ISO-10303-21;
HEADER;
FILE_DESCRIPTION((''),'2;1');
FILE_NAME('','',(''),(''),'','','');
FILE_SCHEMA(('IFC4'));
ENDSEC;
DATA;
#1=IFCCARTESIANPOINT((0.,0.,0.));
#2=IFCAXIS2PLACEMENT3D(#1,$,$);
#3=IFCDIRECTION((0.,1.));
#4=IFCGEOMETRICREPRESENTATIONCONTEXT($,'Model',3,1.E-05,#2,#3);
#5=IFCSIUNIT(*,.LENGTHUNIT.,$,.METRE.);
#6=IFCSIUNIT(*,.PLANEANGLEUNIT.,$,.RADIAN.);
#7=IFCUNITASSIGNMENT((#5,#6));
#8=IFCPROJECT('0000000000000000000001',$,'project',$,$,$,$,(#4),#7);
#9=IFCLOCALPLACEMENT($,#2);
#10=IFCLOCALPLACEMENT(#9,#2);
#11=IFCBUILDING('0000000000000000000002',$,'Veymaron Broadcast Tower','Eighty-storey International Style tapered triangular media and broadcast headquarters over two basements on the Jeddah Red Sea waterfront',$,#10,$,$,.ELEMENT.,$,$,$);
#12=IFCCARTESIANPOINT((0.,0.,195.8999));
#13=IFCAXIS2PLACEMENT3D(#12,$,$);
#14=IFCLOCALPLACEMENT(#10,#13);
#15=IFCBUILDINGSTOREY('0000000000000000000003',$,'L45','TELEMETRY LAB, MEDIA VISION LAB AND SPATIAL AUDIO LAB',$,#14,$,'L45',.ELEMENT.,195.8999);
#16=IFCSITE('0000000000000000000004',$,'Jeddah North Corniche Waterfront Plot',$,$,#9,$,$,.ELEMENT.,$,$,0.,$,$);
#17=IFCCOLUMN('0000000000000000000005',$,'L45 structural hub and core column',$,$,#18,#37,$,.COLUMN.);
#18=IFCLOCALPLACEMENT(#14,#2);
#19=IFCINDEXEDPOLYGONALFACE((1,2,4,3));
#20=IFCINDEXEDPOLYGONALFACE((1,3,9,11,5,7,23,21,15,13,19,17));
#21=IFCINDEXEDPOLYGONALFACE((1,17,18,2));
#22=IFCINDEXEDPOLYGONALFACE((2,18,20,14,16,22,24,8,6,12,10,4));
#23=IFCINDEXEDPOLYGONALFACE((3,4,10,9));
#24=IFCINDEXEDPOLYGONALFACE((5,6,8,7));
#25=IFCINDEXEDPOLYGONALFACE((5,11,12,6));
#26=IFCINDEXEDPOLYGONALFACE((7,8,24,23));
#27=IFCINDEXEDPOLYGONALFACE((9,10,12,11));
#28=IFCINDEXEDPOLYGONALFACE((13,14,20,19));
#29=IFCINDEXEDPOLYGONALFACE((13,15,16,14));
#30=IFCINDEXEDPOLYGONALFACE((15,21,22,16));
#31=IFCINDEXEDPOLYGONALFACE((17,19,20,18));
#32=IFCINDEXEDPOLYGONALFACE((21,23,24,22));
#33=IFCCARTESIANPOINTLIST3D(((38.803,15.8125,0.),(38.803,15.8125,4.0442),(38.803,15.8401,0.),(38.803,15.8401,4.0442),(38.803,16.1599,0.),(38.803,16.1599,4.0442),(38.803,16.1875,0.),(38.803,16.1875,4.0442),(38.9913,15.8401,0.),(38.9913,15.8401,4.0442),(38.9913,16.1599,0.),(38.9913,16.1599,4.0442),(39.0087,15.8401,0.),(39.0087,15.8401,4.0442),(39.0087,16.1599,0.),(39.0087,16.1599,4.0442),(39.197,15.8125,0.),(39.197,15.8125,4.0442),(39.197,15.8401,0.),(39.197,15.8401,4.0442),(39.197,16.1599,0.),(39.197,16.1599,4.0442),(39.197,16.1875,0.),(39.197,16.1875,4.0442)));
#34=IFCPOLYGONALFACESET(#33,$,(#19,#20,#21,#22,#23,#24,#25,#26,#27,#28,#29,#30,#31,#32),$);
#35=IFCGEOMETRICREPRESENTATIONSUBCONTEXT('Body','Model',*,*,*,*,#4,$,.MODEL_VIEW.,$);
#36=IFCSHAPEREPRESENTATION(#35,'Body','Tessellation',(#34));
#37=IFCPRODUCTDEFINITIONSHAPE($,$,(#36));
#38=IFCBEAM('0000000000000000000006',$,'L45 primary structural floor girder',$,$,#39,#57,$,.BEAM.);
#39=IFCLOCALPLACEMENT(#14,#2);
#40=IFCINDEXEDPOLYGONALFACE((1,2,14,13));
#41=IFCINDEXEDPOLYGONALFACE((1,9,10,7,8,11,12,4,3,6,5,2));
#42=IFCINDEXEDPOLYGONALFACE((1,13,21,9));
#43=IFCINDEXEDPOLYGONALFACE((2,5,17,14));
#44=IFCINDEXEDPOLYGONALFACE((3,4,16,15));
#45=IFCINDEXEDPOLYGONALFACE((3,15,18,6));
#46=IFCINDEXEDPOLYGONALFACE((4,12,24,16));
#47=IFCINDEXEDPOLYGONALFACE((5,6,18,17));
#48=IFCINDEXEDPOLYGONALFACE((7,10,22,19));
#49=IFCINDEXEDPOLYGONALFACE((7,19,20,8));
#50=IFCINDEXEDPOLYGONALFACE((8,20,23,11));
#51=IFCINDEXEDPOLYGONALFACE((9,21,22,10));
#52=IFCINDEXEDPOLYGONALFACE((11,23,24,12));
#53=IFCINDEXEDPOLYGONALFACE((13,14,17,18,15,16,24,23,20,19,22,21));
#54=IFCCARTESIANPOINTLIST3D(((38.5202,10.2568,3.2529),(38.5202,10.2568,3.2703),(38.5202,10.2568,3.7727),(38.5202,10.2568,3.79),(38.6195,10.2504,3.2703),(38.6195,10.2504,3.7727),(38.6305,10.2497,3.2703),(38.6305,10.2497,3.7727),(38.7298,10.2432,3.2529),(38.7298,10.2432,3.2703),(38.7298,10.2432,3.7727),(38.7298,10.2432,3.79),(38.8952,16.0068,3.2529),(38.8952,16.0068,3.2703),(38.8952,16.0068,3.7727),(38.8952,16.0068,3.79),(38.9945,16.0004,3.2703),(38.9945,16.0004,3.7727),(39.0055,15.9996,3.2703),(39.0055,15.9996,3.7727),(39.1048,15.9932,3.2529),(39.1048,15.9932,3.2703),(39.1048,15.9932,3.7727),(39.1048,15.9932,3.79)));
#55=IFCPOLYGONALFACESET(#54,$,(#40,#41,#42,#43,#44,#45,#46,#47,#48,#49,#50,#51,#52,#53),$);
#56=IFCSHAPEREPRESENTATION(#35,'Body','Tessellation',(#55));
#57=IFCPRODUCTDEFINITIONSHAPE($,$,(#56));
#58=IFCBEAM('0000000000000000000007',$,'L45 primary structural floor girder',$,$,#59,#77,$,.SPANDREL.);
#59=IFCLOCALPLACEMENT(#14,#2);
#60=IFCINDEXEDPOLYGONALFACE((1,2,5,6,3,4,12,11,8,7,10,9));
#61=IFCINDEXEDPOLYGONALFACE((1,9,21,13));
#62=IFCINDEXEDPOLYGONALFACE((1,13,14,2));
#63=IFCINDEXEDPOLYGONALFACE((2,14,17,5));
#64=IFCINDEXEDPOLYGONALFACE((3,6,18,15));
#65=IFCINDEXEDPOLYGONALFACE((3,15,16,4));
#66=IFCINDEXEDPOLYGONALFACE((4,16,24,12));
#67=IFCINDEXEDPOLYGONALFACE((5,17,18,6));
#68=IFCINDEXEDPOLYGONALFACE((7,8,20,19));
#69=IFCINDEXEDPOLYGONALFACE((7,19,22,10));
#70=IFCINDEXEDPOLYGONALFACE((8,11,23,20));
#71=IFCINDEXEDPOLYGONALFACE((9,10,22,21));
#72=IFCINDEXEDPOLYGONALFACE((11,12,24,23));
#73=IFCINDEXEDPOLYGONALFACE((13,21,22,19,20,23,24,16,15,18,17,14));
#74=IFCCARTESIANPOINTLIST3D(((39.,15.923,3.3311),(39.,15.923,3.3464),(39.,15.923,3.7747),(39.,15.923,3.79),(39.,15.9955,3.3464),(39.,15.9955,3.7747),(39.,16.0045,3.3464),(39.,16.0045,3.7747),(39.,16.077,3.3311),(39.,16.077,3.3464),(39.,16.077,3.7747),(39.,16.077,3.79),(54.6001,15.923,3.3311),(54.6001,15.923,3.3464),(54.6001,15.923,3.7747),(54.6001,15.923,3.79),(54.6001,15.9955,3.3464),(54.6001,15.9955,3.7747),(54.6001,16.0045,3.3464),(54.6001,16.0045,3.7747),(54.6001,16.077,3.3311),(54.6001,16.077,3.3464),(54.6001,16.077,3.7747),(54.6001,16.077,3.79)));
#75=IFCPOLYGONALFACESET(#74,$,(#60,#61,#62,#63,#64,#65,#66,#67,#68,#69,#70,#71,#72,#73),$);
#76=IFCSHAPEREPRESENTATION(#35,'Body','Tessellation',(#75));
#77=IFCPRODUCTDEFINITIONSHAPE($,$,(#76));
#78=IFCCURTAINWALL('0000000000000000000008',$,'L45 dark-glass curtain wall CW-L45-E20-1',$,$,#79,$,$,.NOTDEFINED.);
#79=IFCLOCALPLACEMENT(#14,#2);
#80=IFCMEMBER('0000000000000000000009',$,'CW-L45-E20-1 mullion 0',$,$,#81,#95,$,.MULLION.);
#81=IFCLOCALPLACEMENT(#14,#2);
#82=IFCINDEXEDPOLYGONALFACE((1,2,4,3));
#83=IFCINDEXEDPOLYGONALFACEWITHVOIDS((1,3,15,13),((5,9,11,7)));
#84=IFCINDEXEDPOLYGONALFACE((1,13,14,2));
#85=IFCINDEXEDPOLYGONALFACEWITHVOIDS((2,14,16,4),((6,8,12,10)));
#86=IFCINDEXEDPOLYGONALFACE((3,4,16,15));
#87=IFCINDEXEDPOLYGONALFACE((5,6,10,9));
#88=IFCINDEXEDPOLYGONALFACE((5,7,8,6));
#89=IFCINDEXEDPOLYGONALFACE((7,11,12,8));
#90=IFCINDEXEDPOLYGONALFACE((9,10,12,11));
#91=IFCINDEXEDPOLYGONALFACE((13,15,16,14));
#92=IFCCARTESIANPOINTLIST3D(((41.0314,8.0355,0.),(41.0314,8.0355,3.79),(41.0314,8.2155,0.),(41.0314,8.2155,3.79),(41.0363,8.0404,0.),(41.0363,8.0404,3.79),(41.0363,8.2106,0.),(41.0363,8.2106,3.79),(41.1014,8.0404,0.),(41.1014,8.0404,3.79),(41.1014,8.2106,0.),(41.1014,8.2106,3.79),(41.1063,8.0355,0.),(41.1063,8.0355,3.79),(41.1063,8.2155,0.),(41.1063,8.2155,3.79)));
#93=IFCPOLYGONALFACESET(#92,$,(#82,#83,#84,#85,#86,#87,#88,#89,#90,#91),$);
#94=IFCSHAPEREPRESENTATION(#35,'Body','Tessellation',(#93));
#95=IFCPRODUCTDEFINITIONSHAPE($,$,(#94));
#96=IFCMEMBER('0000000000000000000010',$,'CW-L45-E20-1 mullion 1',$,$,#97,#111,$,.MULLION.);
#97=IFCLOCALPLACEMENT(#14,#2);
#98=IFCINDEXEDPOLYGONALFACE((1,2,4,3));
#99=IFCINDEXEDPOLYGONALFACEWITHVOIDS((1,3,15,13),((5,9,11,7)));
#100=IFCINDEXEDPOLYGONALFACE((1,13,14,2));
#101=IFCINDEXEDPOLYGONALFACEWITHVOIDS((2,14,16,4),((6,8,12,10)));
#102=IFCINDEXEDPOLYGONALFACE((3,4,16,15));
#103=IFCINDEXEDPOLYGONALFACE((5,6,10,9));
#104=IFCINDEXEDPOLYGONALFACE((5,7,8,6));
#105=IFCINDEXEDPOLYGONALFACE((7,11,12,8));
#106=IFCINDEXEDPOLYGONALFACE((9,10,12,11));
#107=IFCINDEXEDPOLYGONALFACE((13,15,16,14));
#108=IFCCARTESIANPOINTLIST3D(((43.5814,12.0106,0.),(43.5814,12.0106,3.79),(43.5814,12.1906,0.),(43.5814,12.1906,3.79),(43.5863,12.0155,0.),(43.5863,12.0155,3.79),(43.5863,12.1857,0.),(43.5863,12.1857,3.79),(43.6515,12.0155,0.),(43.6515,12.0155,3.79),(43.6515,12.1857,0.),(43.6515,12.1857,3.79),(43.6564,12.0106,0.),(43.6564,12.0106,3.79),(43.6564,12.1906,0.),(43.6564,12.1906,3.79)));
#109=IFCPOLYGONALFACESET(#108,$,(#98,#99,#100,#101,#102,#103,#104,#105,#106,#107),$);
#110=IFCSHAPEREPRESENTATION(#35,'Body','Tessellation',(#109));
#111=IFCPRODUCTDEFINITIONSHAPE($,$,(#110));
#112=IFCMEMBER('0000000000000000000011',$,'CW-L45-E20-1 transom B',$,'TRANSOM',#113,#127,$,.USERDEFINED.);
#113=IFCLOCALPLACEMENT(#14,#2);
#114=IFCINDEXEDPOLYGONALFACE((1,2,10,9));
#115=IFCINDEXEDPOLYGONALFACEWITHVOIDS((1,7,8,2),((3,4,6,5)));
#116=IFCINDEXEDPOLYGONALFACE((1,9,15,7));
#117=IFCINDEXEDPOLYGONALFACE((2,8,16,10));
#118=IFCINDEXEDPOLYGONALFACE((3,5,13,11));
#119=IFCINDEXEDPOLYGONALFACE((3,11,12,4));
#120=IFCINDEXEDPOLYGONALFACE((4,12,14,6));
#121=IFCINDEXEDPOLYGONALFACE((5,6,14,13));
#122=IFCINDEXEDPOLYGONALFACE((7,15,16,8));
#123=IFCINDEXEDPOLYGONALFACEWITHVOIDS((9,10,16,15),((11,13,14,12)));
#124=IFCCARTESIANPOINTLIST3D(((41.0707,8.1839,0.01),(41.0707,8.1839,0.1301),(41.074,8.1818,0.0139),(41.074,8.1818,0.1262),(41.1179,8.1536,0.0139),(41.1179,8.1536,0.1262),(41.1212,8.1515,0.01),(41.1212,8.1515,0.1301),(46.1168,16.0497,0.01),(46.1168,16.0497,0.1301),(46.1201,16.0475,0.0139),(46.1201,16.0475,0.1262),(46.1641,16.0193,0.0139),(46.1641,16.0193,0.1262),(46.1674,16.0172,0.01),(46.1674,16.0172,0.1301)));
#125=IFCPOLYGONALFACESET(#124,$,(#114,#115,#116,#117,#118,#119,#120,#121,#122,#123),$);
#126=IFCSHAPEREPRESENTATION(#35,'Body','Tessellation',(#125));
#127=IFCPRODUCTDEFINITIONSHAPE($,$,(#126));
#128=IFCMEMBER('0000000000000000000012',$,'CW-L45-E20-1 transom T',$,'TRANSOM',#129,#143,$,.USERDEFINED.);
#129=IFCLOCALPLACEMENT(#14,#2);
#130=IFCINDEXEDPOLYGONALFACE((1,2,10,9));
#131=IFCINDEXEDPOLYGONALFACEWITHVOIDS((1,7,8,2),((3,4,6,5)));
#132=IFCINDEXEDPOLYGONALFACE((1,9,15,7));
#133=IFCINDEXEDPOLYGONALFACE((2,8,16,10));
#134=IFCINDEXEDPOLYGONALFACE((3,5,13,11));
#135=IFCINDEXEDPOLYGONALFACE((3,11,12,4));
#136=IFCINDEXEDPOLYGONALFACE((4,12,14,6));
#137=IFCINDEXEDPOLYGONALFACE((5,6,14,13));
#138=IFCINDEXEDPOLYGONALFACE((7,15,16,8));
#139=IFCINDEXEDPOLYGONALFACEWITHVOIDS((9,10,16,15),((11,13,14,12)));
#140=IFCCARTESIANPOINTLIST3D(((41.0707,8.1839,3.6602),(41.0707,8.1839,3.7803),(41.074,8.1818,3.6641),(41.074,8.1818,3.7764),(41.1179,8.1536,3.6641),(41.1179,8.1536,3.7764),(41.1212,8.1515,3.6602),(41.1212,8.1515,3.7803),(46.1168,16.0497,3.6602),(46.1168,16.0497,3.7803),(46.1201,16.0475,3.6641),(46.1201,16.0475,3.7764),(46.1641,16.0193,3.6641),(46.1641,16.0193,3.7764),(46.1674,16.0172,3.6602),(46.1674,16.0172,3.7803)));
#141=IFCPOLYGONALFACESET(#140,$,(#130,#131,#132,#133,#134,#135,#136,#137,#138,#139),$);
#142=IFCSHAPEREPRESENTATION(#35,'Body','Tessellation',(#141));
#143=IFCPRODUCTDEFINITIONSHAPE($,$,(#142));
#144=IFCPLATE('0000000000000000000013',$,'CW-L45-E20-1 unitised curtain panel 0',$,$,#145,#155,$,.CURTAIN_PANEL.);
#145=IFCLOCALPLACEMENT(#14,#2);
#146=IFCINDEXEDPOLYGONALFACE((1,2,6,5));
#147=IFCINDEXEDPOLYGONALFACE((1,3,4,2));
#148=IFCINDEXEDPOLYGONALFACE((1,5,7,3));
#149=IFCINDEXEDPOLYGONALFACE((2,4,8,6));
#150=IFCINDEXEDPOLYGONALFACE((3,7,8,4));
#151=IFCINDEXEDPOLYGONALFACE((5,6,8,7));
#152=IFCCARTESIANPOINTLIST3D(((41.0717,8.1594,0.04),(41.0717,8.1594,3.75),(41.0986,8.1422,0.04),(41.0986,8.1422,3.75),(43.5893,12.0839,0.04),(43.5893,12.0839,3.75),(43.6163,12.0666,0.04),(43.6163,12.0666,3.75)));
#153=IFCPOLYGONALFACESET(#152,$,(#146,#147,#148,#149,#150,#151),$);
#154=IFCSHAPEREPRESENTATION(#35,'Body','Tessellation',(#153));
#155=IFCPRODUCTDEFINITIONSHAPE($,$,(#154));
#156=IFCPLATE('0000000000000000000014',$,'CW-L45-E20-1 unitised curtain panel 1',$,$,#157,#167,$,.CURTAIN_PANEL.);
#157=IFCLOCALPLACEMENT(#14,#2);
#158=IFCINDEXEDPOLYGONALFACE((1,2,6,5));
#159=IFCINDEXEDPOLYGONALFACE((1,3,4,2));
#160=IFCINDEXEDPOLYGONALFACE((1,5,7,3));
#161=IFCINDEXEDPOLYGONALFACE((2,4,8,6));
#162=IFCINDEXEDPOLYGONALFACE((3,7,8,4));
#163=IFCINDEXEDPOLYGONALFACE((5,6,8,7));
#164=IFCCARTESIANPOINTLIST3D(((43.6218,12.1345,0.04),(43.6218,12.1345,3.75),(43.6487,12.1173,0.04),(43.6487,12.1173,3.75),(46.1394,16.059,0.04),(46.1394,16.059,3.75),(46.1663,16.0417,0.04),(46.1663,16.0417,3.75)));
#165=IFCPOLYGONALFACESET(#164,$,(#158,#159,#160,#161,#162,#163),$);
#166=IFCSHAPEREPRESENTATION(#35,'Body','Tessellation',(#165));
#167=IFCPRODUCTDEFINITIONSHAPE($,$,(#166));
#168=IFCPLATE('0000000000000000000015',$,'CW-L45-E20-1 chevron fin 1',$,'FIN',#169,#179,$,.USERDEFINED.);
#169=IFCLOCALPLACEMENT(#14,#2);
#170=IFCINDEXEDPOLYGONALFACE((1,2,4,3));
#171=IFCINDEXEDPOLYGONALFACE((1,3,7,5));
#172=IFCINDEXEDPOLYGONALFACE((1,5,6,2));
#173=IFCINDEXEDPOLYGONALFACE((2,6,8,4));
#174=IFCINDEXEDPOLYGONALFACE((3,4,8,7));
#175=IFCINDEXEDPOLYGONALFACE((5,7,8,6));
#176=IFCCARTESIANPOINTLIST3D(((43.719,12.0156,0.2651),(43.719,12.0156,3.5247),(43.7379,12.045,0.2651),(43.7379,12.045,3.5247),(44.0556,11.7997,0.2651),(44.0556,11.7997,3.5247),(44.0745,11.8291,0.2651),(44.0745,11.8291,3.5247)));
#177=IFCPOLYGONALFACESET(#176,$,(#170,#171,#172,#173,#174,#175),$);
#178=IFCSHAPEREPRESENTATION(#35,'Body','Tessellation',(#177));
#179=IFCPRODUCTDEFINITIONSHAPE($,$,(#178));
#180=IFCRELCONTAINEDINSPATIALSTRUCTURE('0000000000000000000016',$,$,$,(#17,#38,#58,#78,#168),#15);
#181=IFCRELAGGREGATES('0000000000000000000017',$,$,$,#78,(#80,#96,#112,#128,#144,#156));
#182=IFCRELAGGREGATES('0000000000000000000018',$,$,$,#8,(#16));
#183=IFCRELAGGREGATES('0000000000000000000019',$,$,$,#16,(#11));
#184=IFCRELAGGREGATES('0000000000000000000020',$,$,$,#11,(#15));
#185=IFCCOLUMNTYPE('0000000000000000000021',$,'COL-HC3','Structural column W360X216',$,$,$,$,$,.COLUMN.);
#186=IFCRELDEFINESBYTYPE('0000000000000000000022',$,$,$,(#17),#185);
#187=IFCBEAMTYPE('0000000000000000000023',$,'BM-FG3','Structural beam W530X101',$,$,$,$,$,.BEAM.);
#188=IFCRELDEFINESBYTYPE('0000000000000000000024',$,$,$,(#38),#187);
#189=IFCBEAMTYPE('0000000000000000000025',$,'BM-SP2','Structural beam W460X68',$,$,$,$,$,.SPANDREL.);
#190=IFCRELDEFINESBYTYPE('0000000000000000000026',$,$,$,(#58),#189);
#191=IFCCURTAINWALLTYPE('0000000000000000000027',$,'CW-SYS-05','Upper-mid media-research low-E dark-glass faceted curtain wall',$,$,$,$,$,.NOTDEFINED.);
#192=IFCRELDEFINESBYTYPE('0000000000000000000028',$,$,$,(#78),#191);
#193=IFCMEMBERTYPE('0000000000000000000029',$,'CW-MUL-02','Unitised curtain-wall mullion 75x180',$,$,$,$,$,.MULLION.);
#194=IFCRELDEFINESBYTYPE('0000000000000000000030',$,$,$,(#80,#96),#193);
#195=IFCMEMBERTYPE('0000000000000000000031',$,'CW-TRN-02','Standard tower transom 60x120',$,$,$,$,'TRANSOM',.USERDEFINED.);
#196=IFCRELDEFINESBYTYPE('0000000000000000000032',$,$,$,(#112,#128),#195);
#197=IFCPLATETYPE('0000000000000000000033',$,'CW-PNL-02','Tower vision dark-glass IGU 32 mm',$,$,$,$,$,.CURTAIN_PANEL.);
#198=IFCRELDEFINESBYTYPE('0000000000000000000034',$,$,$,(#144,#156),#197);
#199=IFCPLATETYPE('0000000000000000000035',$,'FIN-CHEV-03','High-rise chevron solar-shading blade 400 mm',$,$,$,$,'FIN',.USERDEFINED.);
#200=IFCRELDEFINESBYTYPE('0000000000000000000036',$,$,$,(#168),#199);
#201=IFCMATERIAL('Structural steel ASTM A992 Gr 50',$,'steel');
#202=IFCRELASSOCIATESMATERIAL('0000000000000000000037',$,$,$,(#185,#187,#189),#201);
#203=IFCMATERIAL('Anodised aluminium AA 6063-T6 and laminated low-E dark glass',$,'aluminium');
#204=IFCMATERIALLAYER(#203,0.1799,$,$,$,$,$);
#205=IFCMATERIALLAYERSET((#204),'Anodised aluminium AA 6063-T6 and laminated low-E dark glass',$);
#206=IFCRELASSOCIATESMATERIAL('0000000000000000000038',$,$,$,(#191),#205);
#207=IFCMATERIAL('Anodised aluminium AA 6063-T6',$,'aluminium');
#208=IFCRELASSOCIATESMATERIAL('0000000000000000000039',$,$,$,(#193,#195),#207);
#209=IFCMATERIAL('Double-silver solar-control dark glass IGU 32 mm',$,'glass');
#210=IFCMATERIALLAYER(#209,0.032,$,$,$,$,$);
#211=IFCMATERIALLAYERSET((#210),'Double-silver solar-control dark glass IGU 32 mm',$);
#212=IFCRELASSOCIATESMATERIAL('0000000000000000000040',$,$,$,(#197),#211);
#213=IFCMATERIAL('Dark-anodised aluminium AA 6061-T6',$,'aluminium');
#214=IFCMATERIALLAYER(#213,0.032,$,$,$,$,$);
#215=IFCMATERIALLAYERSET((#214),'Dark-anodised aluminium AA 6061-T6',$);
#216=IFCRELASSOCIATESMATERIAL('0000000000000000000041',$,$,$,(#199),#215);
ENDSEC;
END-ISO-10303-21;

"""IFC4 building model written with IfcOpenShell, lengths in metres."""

from ifc_helpers import new_model, si_unit, direction, frame, origin, origin_2d, place, context, subcontext, project, spatial, rectangle, hollow_rectangle, i_section, extrude, material, layer, layer_set, material_profile, profile_set, type_object, element, aggregate, save


model = new_model("IFC4")

# Units and contexts
model_context = context("Model", 3, precision=1e-05, world=origin(), true_north=direction((0.0, 1.0)))
body_context = subcontext(model_context, "Body", "Model", "MODEL_VIEW")
ifc_project = project(units=[si_unit("LENGTHUNIT", "METRE"), si_unit("PLANEANGLEUNIT", "RADIAN")], contexts=[model_context])

# Site, building, storey
site_placement = place(None, origin())
site = spatial("IfcSite", under=ifc_project, at=site_placement, Name="Jeddah North Corniche Waterfront Plot", CompositionType="ELEMENT", RefElevation=0.0)
building_placement = place(site_placement, origin())
building = spatial("IfcBuilding", under=site, at=building_placement, Name="Veymaron Broadcast Tower", Description="Eighty-storey International Style tapered triangular media and broadcast headquarters over two basements on the Jeddah Red Sea waterfront", CompositionType="ELEMENT")
storey_placement = place(building_placement, frame((0.0, 0.0, 195.8999)))
storey = spatial("IfcBuildingStorey", under=building, at=storey_placement, Name="L45", Description="TELEMETRY LAB, MEDIA VISION LAB AND SPATIAL AUDIO LAB", LongName="L45", CompositionType="ELEMENT", Elevation=195.8999)

# Column
ifc_material_1 = material(Name="Structural steel ASTM A992 Gr 50", Category="steel")
ifc_material_profile_1 = material_profile(ifc_material_1, i_section(OverallWidth=0.394, OverallDepth=0.375, WebThickness=0.0173, FlangeThickness=0.0276, at=origin_2d()), Name="W360X216")
ifc_profile_set_1 = profile_set([ifc_material_profile_1], Name="Structural steel ASTM A992 Gr 50")
column_type = type_object("IfcColumnType", Name="COL-HC3", Description="Structural column W360X216", PredefinedType="COLUMN", material=ifc_profile_set_1)
column_placement = place(storey_placement, frame((39.0, 16.0, 0.0), z_axis=(0.0, 0.0, 1.0), x_axis=(1.0, 0.0, 0.0)))
element("IfcColumn", 1, at=column_placement, inside=storey, type_object=column_type, Name="L45 structural hub and core column", PredefinedType="COLUMN", context=body_context, shape_type="SweptSolid", body=[
    extrude(i_section(OverallWidth=0.394, OverallDepth=0.375, WebThickness=0.0173, FlangeThickness=0.0276, at=origin_2d()), origin(), (0.0, 0.0, 1.0), 4.0442),
])

# Beams
ifc_material_profile_2 = material_profile(ifc_material_1, i_section(OverallWidth=0.21, OverallDepth=0.5371, WebThickness=0.011, FlangeThickness=0.0173, at=origin_2d()), Name="W530X101")
ifc_profile_set_2 = profile_set([ifc_material_profile_2], Name="Structural steel ASTM A992 Gr 50")
beam_type_1 = type_object("IfcBeamType", Name="BM-FG3", Description="Structural beam W530X101", PredefinedType="BEAM", material=ifc_profile_set_2)
beam_1_placement = place(storey_placement, frame((39.0, 16.0, 3.5215), z_axis=(-0.065079, -0.99788, 0.0), x_axis=(0.99788, -0.065079, 0.0)))
element("IfcBeam", 2, at=beam_1_placement, inside=storey, type_object=beam_type_1, Name="L45 primary structural floor girder", PredefinedType="BEAM", context=body_context, shape_type="SweptSolid", body=[
    extrude(i_section(OverallWidth=0.21, OverallDepth=0.5371, WebThickness=0.011, FlangeThickness=0.0173, at=origin_2d()), origin(), (0.0, 0.0, 1.0), 5.7622),
])
ifc_material_profile_3 = material_profile(ifc_material_1, i_section(OverallWidth=0.1541, OverallDepth=0.459, WebThickness=0.009, FlangeThickness=0.0154, at=origin_2d()), Name="W460X68")
ifc_profile_set_3 = profile_set([ifc_material_profile_3], Name="Structural steel ASTM A992 Gr 50")
beam_type_2 = type_object("IfcBeamType", Name="BM-SP2", Description="Structural beam W460X68", PredefinedType="SPANDREL", material=ifc_profile_set_3)
beam_2_placement = place(storey_placement, frame((39.0, 16.0, 3.5605), z_axis=(1.0, 0.0, 0.0), x_axis=(0.0, 1.0, 0.0)))
element("IfcBeam", 3, at=beam_2_placement, inside=storey, type_object=beam_type_2, Name="L45 primary structural floor girder", PredefinedType="SPANDREL", context=body_context, shape_type="SweptSolid", body=[
    extrude(i_section(OverallWidth=0.1541, OverallDepth=0.459, WebThickness=0.009, FlangeThickness=0.0154, at=origin_2d()), origin(), (0.0, 0.0, 1.0), 15.6001),
])

# Curtain wall, members, plates
ifc_material_2 = material(Name="Anodised aluminium AA 6063-T6 and laminated low-E dark glass", Category="aluminium")
ifc_layer_1 = layer(ifc_material_2, 0.1799)
ifc_layer_set_1 = layer_set([ifc_layer_1], Name="Anodised aluminium AA 6063-T6 and laminated low-E dark glass")
curtain_wall_type = type_object("IfcCurtainWallType", Name="CW-SYS-05", Description="Upper-mid media-research low-E dark-glass faceted curtain wall", PredefinedType="NOTDEFINED", material=ifc_layer_set_1)
curtain_wall_placement = place(storey_placement, origin())
curtain_wall = element("IfcCurtainWall", 4, at=curtain_wall_placement, inside=storey, type_object=curtain_wall_type, Name="L45 dark-glass curtain wall CW-L45-E20-1", PredefinedType="NOTDEFINED")
ifc_material_3 = material(Name="Anodised aluminium AA 6063-T6", Category="aluminium")
ifc_material_profile_4 = material_profile(ifc_material_3, hollow_rectangle(XDim=0.075, YDim=0.1799, WallThickness=0.0049, at=origin_2d()), Name="AL180X75X5")
ifc_profile_set_4 = profile_set([ifc_material_profile_4], Name="Anodised aluminium AA 6063-T6")
member_type_1 = type_object("IfcMemberType", Name="CW-MUL-02", Description="Unitised curtain-wall mullion 75x180", PredefinedType="MULLION", material=ifc_profile_set_4)
member_1_placement = place(storey_placement, frame((41.0688, 8.1255, 0.0), z_axis=(0.0, 0.0, 1.0), x_axis=(1.0, 0.0, 0.0)))
member_1 = element("IfcMember", 5, at=member_1_placement, type_object=member_type_1, Name="CW-L45-E20-1 mullion 0", PredefinedType="MULLION", context=body_context, shape_type="SweptSolid", body=[
    extrude(hollow_rectangle(XDim=0.075, YDim=0.1799, WallThickness=0.0049, at=origin_2d()), origin(), (0.0, 0.0, 1.0), 3.79),
])
member_2_placement = place(storey_placement, frame((43.6189, 12.1006, 0.0), z_axis=(0.0, 0.0, 1.0), x_axis=(1.0, 0.0, 0.0)))
member_2 = element("IfcMember", 6, at=member_2_placement, type_object=member_type_1, Name="CW-L45-E20-1 mullion 1", PredefinedType="MULLION", context=body_context, shape_type="SweptSolid", body=[
    extrude(hollow_rectangle(XDim=0.075, YDim=0.1799, WallThickness=0.0049, at=origin_2d()), origin(), (0.0, 0.0, 1.0), 3.79),
])
ifc_material_profile_5 = material_profile(ifc_material_3, hollow_rectangle(XDim=0.0601, YDim=0.1201, WallThickness=0.0039, at=origin_2d()), Name="AL120X60X4")
ifc_profile_set_5 = profile_set([ifc_material_profile_5], Name="Anodised aluminium AA 6063-T6")
member_type_2 = type_object("IfcMemberType", Name="CW-TRN-02", Description="Standard tower transom 60x120", ElementType="TRANSOM", PredefinedType="USERDEFINED", material=ifc_profile_set_5)
member_3_placement = place(storey_placement, frame((41.0959, 8.1677, 0.0701), z_axis=(0.53997, 0.841684, 0.0), x_axis=(-0.841684, 0.53997, 0.0)))
member_3 = element("IfcMember", 7, at=member_3_placement, type_object=member_type_2, Name="CW-L45-E20-1 transom B", ObjectType="TRANSOM", PredefinedType="USERDEFINED", context=body_context, shape_type="SweptSolid", body=[
    extrude(hollow_rectangle(XDim=0.0601, YDim=0.1201, WallThickness=0.0039, at=origin_2d()), origin(), (0.0, 0.0, 1.0), 9.3452),
])
member_4_placement = place(storey_placement, frame((41.0959, 8.1677, 3.7202), z_axis=(0.53997, 0.841684, 0.0), x_axis=(-0.841684, 0.53997, 0.0)))
member_4 = element("IfcMember", 8, at=member_4_placement, type_object=member_type_2, Name="CW-L45-E20-1 transom T", ObjectType="TRANSOM", PredefinedType="USERDEFINED", context=body_context, shape_type="SweptSolid", body=[
    extrude(hollow_rectangle(XDim=0.0601, YDim=0.1201, WallThickness=0.0039, at=origin_2d()), origin(), (0.0, 0.0, 1.0), 9.3452),
])
ifc_material_4 = material(Name="Double-silver solar-control dark glass IGU 32 mm", Category="glass")
ifc_layer_2 = layer(ifc_material_4, 0.032)
ifc_layer_set_2 = layer_set([ifc_layer_2], Name="Double-silver solar-control dark glass IGU 32 mm")
plate_type_1 = type_object("IfcPlateType", Name="CW-PNL-02", Description="Tower vision dark-glass IGU 32 mm", PredefinedType="CURTAIN_PANEL", material=ifc_layer_set_2)
plate_1_placement = place(storey_placement, frame((42.344, 10.113, 0.04), z_axis=(0.0, 0.0, 1.0), x_axis=(0.539961, 0.84169, 0.0)))
plate_1 = element("IfcPlate", 9, at=plate_1_placement, type_object=plate_type_1, Name="CW-L45-E20-1 unitised curtain panel 0", PredefinedType="CURTAIN_PANEL", context=body_context, shape_type="SweptSolid", body=[
    extrude(rectangle(XDim=4.6626, YDim=0.032, at=origin_2d()), origin(), (0.0, 0.0, 1.0), 3.71),
])
plate_2_placement = place(storey_placement, frame((44.894, 14.0881, 0.04), z_axis=(0.0, 0.0, 1.0), x_axis=(0.539961, 0.84169, 0.0)))
plate_2 = element("IfcPlate", 10, at=plate_2_placement, type_object=plate_type_1, Name="CW-L45-E20-1 unitised curtain panel 1", PredefinedType="CURTAIN_PANEL", context=body_context, shape_type="SweptSolid", body=[
    extrude(rectangle(XDim=4.6626, YDim=0.032, at=origin_2d()), origin(), (0.0, 0.0, 1.0), 3.71),
])
aggregate(curtain_wall, [member_1, member_2, member_3, member_4, plate_1, plate_2])

# Plate
ifc_material_5 = material(Name="Dark-anodised aluminium AA 6061-T6", Category="aluminium")
ifc_layer_3 = layer(ifc_material_5, 0.032)
ifc_layer_set_3 = layer_set([ifc_layer_3], Name="Dark-anodised aluminium AA 6061-T6")
plate_type_2 = type_object("IfcPlateType", Name="FIN-CHEV-03", Description="High-rise chevron solar-shading blade 400 mm", ElementType="FIN", PredefinedType="USERDEFINED", material=ifc_layer_set_3)
plate_3_placement = place(storey_placement, frame((43.8967, 11.9224, 0.2651), z_axis=(0.0, 0.0, 1.0), x_axis=(0.84169, -0.539961, 0.0)))
element("IfcPlate", 11, at=plate_3_placement, inside=storey, type_object=plate_type_2, Name="CW-L45-E20-1 chevron fin 1", ObjectType="FIN", PredefinedType="USERDEFINED", context=body_context, shape_type="SweptSolid", body=[
    extrude(rectangle(XDim=0.3999, YDim=0.0349, at=origin_2d()), origin(), (0.0, 0.0, 1.0), 3.2595),
])

save(model, "model.ifc")
